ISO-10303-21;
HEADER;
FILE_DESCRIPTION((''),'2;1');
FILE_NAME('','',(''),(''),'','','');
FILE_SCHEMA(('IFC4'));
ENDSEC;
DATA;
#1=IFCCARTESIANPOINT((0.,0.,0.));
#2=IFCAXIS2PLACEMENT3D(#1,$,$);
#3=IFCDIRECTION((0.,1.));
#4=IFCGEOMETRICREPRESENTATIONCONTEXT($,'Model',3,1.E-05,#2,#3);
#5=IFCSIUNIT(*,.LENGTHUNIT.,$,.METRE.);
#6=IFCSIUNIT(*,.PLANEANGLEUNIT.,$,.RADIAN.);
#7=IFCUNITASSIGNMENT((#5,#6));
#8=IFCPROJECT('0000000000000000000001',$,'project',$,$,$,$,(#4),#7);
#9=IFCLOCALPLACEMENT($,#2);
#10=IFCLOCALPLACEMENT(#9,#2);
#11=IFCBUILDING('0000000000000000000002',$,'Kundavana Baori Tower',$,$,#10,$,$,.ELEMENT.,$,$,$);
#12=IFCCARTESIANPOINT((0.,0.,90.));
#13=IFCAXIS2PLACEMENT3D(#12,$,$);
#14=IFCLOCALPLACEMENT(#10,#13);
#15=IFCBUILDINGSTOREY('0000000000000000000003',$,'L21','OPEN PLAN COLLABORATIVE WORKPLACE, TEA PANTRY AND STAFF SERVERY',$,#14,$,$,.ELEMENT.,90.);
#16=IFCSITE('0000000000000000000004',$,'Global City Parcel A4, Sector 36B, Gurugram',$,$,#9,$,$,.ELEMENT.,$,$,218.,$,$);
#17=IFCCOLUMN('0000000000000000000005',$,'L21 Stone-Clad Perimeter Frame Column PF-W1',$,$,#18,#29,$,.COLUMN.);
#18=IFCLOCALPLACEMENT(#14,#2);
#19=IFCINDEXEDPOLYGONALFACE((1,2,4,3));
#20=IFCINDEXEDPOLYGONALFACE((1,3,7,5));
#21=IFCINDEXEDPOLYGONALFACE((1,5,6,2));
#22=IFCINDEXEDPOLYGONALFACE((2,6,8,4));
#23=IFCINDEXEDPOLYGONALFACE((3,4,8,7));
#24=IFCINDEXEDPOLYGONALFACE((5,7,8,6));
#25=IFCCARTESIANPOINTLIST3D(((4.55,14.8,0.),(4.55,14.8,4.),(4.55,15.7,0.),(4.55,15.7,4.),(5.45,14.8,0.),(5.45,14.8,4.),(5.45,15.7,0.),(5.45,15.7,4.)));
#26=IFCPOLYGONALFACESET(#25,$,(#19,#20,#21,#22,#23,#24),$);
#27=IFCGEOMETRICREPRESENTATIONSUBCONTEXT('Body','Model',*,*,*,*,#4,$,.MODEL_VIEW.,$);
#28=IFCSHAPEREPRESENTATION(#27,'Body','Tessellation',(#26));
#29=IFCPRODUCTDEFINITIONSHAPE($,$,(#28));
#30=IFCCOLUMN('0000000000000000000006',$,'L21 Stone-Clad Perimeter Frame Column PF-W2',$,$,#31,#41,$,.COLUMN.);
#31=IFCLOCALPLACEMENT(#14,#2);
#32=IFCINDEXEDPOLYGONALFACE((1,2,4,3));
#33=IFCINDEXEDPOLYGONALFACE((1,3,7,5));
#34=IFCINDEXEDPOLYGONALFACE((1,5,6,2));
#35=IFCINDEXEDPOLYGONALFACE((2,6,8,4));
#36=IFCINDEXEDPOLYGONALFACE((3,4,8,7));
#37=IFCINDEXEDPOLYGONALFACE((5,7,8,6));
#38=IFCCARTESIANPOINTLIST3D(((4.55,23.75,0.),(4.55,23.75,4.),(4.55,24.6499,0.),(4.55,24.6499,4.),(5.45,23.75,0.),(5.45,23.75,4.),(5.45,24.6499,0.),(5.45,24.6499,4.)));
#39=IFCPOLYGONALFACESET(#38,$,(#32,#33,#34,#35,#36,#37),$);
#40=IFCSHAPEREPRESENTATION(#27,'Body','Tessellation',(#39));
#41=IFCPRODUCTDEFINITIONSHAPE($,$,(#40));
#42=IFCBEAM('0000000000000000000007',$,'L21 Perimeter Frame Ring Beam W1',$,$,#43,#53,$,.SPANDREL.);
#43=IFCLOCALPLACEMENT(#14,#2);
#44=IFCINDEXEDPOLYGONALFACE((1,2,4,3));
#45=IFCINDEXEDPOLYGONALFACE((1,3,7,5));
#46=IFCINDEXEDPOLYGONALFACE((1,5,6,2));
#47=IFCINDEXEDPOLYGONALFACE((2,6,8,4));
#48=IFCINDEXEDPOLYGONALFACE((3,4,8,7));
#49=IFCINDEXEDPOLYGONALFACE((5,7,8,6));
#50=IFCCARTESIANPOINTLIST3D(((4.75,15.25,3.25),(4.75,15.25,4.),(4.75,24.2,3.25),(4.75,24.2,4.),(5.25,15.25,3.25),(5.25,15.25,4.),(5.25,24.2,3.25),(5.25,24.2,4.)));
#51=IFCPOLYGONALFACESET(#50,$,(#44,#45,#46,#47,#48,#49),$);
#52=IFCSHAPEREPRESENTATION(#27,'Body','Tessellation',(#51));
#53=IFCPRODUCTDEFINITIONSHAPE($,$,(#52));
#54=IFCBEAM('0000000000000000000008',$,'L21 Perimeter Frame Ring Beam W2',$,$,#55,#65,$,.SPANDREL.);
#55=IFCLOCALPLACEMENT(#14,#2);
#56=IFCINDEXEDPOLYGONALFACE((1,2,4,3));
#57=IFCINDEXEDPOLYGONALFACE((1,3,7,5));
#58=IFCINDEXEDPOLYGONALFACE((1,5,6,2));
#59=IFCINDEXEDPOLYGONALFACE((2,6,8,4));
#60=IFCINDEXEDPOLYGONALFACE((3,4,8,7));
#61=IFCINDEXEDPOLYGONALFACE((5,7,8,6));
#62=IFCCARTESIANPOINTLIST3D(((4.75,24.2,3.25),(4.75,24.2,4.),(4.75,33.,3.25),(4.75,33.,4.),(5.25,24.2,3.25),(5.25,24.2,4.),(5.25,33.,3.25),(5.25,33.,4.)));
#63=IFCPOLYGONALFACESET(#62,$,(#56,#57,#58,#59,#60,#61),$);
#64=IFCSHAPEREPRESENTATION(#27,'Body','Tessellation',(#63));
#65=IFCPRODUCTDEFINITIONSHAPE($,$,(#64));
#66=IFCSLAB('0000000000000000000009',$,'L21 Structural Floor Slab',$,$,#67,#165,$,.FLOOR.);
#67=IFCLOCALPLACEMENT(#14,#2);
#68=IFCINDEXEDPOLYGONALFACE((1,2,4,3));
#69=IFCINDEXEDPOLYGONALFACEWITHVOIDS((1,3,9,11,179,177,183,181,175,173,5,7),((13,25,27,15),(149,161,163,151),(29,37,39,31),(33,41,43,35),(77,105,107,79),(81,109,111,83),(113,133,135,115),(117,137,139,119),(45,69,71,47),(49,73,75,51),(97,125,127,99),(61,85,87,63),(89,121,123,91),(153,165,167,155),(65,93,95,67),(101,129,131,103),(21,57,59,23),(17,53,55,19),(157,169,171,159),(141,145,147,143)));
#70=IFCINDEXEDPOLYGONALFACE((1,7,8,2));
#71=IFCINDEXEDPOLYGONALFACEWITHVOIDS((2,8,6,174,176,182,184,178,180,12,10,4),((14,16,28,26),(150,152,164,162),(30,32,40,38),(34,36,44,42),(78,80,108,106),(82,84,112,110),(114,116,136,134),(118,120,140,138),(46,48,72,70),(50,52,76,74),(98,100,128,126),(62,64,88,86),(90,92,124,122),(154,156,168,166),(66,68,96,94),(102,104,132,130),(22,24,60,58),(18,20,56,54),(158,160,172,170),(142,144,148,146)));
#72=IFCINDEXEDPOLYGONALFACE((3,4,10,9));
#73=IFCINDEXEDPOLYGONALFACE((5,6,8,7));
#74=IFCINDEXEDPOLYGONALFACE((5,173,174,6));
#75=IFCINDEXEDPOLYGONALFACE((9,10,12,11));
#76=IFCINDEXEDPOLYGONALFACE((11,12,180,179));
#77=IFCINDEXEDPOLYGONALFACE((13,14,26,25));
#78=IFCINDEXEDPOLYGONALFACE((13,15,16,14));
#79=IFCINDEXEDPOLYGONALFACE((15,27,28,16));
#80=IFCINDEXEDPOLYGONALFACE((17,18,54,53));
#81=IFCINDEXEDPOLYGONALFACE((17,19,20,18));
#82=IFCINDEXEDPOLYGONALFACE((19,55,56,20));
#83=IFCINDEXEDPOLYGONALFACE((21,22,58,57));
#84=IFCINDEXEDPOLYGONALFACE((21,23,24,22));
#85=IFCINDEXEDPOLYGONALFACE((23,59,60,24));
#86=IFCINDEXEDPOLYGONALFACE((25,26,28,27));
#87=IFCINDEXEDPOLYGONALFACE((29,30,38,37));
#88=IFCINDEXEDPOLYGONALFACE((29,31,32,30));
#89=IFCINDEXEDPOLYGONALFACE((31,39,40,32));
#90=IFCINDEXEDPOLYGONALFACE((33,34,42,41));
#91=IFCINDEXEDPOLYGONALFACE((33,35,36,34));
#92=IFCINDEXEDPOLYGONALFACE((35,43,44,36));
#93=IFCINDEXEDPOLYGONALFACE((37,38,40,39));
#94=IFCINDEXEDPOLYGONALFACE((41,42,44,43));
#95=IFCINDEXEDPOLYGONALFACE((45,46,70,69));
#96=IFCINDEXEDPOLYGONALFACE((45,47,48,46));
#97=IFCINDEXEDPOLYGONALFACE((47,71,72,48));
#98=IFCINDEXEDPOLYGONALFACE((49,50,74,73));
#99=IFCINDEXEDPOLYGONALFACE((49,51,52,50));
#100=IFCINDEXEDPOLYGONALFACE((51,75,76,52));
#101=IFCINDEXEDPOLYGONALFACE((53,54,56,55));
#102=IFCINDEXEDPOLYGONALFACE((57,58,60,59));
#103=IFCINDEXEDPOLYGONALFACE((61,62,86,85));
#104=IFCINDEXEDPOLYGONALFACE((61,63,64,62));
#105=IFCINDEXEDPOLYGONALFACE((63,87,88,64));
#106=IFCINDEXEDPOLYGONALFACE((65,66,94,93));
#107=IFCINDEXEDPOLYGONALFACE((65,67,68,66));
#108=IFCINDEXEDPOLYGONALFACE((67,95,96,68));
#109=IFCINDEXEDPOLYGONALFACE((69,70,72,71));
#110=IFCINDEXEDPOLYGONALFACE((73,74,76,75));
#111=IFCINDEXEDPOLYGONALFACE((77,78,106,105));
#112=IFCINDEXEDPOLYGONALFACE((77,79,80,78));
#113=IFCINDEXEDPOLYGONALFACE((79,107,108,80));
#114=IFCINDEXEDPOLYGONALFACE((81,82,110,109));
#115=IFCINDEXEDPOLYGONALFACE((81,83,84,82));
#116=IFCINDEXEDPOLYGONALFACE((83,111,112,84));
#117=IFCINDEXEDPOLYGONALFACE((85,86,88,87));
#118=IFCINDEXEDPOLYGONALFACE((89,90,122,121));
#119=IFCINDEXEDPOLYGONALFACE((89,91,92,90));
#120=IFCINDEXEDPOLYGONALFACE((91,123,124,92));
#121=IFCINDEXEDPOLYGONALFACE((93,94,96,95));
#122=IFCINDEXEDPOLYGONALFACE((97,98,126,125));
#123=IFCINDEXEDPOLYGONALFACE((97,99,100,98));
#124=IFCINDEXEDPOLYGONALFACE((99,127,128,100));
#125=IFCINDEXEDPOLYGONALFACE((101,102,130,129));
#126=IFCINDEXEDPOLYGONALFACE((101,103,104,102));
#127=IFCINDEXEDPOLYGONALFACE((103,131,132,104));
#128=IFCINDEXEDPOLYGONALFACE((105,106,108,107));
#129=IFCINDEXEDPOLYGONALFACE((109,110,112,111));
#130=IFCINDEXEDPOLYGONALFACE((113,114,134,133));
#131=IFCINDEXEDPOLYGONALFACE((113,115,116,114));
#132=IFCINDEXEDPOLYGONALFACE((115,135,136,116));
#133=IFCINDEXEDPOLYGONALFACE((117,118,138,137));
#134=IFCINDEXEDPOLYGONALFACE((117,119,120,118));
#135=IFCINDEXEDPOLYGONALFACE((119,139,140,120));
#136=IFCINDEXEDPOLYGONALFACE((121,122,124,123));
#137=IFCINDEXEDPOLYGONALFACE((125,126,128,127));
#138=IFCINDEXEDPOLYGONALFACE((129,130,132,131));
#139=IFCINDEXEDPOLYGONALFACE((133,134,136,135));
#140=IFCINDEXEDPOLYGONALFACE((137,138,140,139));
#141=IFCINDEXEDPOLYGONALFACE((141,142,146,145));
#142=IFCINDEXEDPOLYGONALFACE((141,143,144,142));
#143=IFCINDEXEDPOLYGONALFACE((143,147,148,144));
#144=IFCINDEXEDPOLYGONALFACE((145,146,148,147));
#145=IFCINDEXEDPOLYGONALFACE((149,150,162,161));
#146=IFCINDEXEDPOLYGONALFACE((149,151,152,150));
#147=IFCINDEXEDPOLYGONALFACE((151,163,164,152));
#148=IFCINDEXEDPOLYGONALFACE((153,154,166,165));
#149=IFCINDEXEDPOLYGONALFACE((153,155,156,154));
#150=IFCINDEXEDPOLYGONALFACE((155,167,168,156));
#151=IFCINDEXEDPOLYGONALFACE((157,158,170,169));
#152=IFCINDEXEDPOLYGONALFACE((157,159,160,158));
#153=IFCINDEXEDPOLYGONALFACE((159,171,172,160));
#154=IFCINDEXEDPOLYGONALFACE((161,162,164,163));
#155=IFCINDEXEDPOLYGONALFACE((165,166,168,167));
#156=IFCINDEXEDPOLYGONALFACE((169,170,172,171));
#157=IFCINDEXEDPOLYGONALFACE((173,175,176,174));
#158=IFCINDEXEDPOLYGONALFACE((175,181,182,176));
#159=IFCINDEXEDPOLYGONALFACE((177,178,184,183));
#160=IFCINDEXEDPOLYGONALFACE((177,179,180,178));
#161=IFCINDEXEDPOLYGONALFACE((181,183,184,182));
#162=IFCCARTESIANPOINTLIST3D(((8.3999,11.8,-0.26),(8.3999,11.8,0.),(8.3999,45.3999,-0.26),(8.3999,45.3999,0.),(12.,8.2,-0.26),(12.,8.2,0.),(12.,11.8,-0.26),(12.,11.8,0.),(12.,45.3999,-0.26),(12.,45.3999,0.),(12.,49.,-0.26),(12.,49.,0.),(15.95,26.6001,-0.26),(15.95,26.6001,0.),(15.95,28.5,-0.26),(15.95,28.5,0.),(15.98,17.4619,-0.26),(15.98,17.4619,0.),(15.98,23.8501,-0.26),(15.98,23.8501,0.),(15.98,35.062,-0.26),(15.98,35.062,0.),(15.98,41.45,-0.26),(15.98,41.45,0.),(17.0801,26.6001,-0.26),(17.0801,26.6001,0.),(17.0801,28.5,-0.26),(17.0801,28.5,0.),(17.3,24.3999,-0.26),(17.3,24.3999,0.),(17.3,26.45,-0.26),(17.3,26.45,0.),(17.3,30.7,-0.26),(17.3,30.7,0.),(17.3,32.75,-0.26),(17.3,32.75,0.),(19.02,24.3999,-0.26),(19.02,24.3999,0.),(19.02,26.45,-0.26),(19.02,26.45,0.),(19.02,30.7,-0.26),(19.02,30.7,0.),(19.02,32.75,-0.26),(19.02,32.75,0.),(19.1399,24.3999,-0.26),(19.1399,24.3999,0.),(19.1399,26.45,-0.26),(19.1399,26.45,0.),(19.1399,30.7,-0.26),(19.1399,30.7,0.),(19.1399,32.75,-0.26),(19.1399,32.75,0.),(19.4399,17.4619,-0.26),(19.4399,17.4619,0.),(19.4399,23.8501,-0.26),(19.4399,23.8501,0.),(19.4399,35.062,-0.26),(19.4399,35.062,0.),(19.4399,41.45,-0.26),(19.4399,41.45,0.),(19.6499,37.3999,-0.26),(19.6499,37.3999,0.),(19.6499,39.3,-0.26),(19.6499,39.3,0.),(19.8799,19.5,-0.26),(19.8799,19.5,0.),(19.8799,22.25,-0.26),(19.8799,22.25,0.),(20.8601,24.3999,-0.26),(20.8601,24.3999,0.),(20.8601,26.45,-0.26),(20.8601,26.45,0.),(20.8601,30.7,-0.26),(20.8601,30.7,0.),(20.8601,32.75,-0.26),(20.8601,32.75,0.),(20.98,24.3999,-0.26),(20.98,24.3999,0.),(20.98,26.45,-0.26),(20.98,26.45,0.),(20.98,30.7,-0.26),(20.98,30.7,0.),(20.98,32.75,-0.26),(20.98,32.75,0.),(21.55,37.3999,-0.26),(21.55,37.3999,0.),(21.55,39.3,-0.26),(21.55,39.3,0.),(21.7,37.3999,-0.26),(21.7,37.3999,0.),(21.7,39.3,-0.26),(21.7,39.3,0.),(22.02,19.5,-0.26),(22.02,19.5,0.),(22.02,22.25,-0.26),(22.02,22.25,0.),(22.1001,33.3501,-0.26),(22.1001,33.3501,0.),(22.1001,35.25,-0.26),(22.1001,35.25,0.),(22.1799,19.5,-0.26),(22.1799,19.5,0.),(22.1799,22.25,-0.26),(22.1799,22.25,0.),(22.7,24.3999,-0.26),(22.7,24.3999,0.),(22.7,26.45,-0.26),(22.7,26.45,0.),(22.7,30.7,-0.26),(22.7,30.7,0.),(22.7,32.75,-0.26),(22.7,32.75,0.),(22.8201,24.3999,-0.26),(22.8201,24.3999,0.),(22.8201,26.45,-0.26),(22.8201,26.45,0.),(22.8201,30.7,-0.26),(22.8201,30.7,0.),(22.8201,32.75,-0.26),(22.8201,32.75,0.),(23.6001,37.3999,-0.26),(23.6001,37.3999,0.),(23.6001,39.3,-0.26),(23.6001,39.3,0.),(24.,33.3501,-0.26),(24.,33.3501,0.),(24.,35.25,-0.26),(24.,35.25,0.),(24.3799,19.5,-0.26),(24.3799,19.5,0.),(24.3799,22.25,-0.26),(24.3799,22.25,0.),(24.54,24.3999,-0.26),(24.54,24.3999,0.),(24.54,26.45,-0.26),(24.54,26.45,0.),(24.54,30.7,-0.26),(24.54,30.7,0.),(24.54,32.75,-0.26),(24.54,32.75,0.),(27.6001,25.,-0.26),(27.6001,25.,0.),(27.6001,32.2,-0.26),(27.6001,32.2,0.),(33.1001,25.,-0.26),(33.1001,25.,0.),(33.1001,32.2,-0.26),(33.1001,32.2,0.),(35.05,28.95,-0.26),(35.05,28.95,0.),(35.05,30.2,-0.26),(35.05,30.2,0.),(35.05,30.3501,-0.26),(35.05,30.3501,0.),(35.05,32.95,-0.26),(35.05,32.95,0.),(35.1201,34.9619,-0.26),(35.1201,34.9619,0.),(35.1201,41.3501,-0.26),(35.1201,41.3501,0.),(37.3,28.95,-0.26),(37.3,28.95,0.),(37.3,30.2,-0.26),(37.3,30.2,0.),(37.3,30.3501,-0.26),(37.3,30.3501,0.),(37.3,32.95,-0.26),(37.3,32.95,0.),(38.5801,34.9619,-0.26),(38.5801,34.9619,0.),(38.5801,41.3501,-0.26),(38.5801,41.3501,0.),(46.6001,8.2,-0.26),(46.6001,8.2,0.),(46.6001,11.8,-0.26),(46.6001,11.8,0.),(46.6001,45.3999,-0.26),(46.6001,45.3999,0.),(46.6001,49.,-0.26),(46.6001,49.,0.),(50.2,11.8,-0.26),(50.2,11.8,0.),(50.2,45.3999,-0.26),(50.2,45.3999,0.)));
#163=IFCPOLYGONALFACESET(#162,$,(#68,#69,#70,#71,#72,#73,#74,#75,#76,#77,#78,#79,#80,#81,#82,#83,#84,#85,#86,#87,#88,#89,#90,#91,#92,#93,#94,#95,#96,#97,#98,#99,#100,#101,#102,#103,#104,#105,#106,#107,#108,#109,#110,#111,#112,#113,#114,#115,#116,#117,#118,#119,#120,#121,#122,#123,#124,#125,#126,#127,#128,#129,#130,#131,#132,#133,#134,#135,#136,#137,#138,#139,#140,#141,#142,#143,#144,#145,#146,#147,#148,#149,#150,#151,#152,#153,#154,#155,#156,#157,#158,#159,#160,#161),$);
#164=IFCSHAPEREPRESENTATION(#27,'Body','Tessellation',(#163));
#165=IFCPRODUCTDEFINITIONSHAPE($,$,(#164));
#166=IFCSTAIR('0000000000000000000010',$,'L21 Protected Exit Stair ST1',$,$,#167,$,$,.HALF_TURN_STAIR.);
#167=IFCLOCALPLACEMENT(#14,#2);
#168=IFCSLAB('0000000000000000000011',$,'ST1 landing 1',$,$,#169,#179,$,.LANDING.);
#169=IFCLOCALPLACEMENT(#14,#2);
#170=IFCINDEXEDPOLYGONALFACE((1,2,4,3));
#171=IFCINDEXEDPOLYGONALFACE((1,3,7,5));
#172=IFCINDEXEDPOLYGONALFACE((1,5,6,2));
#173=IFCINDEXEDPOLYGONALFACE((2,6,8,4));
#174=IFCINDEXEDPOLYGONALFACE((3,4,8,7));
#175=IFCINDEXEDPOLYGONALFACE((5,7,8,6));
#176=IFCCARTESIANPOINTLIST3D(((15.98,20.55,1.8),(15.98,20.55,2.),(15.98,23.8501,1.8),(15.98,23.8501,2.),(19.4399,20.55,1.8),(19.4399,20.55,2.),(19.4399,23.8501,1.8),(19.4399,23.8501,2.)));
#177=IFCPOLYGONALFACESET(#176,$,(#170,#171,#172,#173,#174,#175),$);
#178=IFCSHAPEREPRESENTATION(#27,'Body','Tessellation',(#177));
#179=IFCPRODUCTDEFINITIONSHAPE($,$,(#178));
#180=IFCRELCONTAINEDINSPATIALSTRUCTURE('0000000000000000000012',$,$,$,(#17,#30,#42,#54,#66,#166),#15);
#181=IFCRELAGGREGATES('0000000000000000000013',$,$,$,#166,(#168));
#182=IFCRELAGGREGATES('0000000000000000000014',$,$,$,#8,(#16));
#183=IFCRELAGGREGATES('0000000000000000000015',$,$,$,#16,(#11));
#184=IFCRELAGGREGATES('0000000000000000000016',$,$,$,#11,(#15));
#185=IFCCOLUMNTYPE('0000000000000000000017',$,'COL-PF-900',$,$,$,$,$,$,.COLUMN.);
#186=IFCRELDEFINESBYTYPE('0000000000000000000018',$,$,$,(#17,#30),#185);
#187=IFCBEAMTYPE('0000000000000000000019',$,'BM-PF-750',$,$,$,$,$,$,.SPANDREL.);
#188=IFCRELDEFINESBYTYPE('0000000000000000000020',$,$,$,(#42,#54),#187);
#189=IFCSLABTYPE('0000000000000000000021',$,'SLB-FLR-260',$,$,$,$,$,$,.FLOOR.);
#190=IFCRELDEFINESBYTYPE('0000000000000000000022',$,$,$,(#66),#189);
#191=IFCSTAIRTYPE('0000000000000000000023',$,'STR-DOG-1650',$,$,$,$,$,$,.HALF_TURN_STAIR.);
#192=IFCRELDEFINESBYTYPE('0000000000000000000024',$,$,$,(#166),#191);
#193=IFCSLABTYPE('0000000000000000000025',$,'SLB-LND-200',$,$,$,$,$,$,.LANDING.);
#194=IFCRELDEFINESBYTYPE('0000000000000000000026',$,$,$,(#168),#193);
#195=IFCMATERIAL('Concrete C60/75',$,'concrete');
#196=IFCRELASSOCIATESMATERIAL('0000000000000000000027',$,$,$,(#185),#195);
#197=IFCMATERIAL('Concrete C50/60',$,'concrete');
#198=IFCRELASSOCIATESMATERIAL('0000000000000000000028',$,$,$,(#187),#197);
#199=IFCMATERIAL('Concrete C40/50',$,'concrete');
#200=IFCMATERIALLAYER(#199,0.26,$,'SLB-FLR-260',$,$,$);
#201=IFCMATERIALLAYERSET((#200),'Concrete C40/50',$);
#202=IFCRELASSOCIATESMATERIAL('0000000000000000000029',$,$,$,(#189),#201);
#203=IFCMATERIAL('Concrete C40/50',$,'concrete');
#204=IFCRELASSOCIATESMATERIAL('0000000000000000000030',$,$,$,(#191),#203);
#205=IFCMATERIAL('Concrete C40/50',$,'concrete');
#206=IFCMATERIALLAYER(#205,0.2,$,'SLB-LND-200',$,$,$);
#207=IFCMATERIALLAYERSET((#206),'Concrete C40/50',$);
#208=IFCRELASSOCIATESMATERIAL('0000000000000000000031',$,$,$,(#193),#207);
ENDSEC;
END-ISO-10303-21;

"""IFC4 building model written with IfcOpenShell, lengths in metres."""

from ifc_helpers import new_model, si_unit, direction, frame, origin, origin_2d, place, context, subcontext, project, spatial, polyline, rectangle, outline, extrude, material, layer, layer_set, material_profile, profile_set, type_object, element, aggregate, save


model = new_model("IFC4")

# Units and contexts
model_context = context("Model", 3, precision=1e-05, world=origin(), true_north=direction((0.0, 1.0)))
body_context = subcontext(model_context, "Body", "Model", "MODEL_VIEW")
ifc_project = project(units=[si_unit("LENGTHUNIT", "METRE"), si_unit("PLANEANGLEUNIT", "RADIAN")], contexts=[model_context])

# Site, building, storey
site_placement = place(None, origin())
site = spatial("IfcSite", under=ifc_project, at=site_placement, Name="Global City Parcel A4, Sector 36B, Gurugram", CompositionType="ELEMENT", RefElevation=218.0)
building_placement = place(site_placement, origin())
building = spatial("IfcBuilding", under=site, at=building_placement, Name="Kundavana Baori Tower", CompositionType="ELEMENT")
storey_placement = place(building_placement, frame((0.0, 0.0, 90.0)))
storey = spatial("IfcBuildingStorey", under=building, at=storey_placement, Name="L21", Description="OPEN PLAN COLLABORATIVE WORKPLACE, TEA PANTRY AND STAFF SERVERY", CompositionType="ELEMENT", Elevation=90.0)

# Columns
ifc_material_1 = material(Name="Concrete C60/75", Category="concrete")
ifc_material_profile_1 = material_profile(ifc_material_1, rectangle(XDim=0.8999, YDim=0.8999, at=origin_2d()), Name="RC PF 900x900")
ifc_profile_set_1 = profile_set([ifc_material_profile_1], Name="Concrete C60/75")
column_type = type_object("IfcColumnType", Name="COL-PF-900", PredefinedType="COLUMN", material=ifc_profile_set_1)
for number, where, z_axis, x_axis, name in (
    (1, (5.0, 15.25, 0.0), (0.0, 0.0, 1.0), (1.0, 0.0, 0.0), "L21 Stone-Clad Perimeter Frame Column PF-W1"),
    (2, (5.0, 24.2, 0.0), (0.0, 0.0, 1.0), (1.0, 0.0, 0.0), "L21 Stone-Clad Perimeter Frame Column PF-W2"),
):
    element("IfcColumn", number, at=place(storey_placement, frame(where, z_axis=z_axis, x_axis=x_axis)), inside=storey, type_object=column_type, Name=name, PredefinedType="COLUMN", context=body_context, shape_type="SweptSolid", body=[
        extrude(rectangle(XDim=0.8999, YDim=0.8999, at=origin_2d()), origin(), (0.0, 0.0, 1.0), 4.0),
    ])

# Beams
ifc_material_2 = material(Name="Concrete C50/60", Category="concrete")
ifc_material_profile_2 = material_profile(ifc_material_2, rectangle(XDim=0.5, YDim=0.75, at=origin_2d()), Name="RC BM 500x750")
ifc_profile_set_2 = profile_set([ifc_material_profile_2], Name="Concrete C50/60")
beam_type = type_object("IfcBeamType", Name="BM-PF-750", PredefinedType="SPANDREL", material=ifc_profile_set_2)
beam_1_placement = place(storey_placement, frame((5.0, 15.25, 3.625), z_axis=(0.0, 1.0, 0.0), x_axis=(-1.0, 0.0, 0.0)))
element("IfcBeam", 3, at=beam_1_placement, inside=storey, type_object=beam_type, Name="L21 Perimeter Frame Ring Beam W1", PredefinedType="SPANDREL", context=body_context, shape_type="SweptSolid", body=[
    extrude(rectangle(XDim=0.5, YDim=0.75, at=origin_2d()), origin(), (0.0, 0.0, 1.0), 8.95),
])
beam_2_placement = place(storey_placement, frame((5.0, 24.2, 3.625), z_axis=(0.0, 1.0, 0.0), x_axis=(-1.0, 0.0, 0.0)))
element("IfcBeam", 4, at=beam_2_placement, inside=storey, type_object=beam_type, Name="L21 Perimeter Frame Ring Beam W2", PredefinedType="SPANDREL", context=body_context, shape_type="SweptSolid", body=[
    extrude(rectangle(XDim=0.5, YDim=0.75, at=origin_2d()), origin(), (0.0, 0.0, 1.0), 8.8),
])

# Slab
ifc_material_3 = material(Name="Concrete C40/50", Category="concrete")
ifc_layer_1 = layer(ifc_material_3, 0.26, Name="SLB-FLR-260")
ifc_layer_set_1 = layer_set([ifc_layer_1], Name="Concrete C40/50")
slab_type_1 = type_object("IfcSlabType", Name="SLB-FLR-260", PredefinedType="FLOOR", material=ifc_layer_set_1)
slab_1_placement = place(storey_placement, frame((0.0, 0.0, -0.26)))
element("IfcSlab", 5, at=slab_1_placement, inside=storey, type_object=slab_type_1, Name="L21 Structural Floor Slab", PredefinedType="FLOOR", context=body_context, shape_type="SweptSolid", body=[
    extrude(outline(polyline([(12.0, 8.2), (46.6001, 8.2), (46.6001, 11.8), (50.2, 11.8), (50.2, 45.3999), (46.6001, 45.3999), (46.6001, 49.0), (12.0, 49.0), (12.0, 45.3999), (8.3999, 45.3999), (8.3999, 11.8), (12.0, 11.8), (12.0, 8.2)]), holes=[polyline([(19.4399, 17.4619), (19.4399, 23.8501), (15.98, 23.8501), (15.98, 17.4619), (19.4399, 17.4619)]), polyline([(19.4399, 35.062), (19.4399, 41.45), (15.98, 41.45), (15.98, 35.062), (19.4399, 35.062)]), polyline([(38.5801, 34.9619), (38.5801, 41.3501), (35.1201, 41.3501), (35.1201, 34.9619), (38.5801, 34.9619)]), polyline([(17.3, 24.3999), (19.02, 24.3999), (19.02, 26.45), (17.3, 26.45), (17.3, 24.3999)]), polyline([(19.1399, 24.3999), (20.8601, 24.3999), (20.8601, 26.45), (19.1399, 26.45), (19.1399, 24.3999)]), polyline([(20.98, 24.3999), (22.7, 24.3999), (22.7, 26.45), (20.98, 26.45), (20.98, 24.3999)]), polyline([(22.8201, 24.3999), (24.54, 24.3999), (24.54, 26.45), (22.8201, 26.45), (22.8201, 24.3999)]), polyline([(17.3, 30.7), (19.02, 30.7), (19.02, 32.75), (17.3, 32.75), (17.3, 30.7)]), polyline([(19.1399, 30.7), (20.8601, 30.7), (20.8601, 32.75), (19.1399, 32.75), (19.1399, 30.7)]), polyline([(20.98, 30.7), (22.7, 30.7), (22.7, 32.75), (20.98, 32.75), (20.98, 30.7)]), polyline([(22.8201, 30.7), (24.54, 30.7), (24.54, 32.75), (22.8201, 32.75), (22.8201, 30.7)]), polyline([(19.6499, 37.3999), (21.55, 37.3999), (21.55, 39.3), (19.6499, 39.3), (19.6499, 37.3999)]), polyline([(21.7, 37.3999), (23.6001, 37.3999), (23.6001, 39.3), (21.7, 39.3), (21.7, 37.3999)]), polyline([(22.1001, 33.3501), (24.0, 33.3501), (24.0, 35.25), (22.1001, 35.25), (22.1001, 33.3501)]), polyline([(19.8799, 19.5), (22.02, 19.5), (22.02, 22.25), (19.8799, 22.25), (19.8799, 19.5)]), polyline([(22.1799, 19.5), (24.3799, 19.5), (24.3799, 22.25), (22.1799, 22.25), (22.1799, 19.5)]), polyline([(35.05, 30.3501), (37.3, 30.3501), (37.3, 32.95), (35.05, 32.95), (35.05, 30.3501)]), polyline([(15.95, 26.6001), (17.0801, 26.6001), (17.0801, 28.5), (15.95, 28.5), (15.95, 26.6001)]), polyline([(35.05, 28.95), (37.3, 28.95), (37.3, 30.2), (35.05, 30.2), (35.05, 28.95)]), polyline([(27.6001, 25.0), (33.1001, 25.0), (33.1001, 32.2), (27.6001, 32.2), (27.6001, 25.0)])]), origin(), (0.0, 0.0, 1.0), 0.26),
])

# Stair, slab
ifc_material_4 = material(Name="Concrete C40/50", Category="concrete")
stair_type = type_object("IfcStairType", Name="STR-DOG-1650", PredefinedType="HALF_TURN_STAIR", material=ifc_material_4)
stair_1_placement = place(storey_placement, origin())
stair_1 = element("IfcStair", 6, at=stair_1_placement, inside=storey, type_object=stair_type, Name="L21 Protected Exit Stair ST1", PredefinedType="HALF_TURN_STAIR")
ifc_material_5 = material(Name="Concrete C40/50", Category="concrete")
ifc_layer_2 = layer(ifc_material_5, 0.2, Name="SLB-LND-200")
ifc_layer_set_2 = layer_set([ifc_layer_2], Name="Concrete C40/50")
slab_type_2 = type_object("IfcSlabType", Name="SLB-LND-200", PredefinedType="LANDING", material=ifc_layer_set_2)
slab_2_placement = place(storey_placement, frame((0.0, 0.0, 1.8)))
slab_2 = element("IfcSlab", 7, at=slab_2_placement, type_object=slab_type_2, Name="ST1 landing 1", PredefinedType="LANDING", context=body_context, shape_type="SweptSolid", body=[
    extrude(outline(polyline([(19.4399, 20.55), (19.4399, 23.8501), (15.98, 23.8501), (15.98, 20.55), (19.4399, 20.55)])), origin(), (0.0, 0.0, 1.0), 0.2),
])
aggregate(stair_1, [slab_2])

save(model, "model.ifc")
